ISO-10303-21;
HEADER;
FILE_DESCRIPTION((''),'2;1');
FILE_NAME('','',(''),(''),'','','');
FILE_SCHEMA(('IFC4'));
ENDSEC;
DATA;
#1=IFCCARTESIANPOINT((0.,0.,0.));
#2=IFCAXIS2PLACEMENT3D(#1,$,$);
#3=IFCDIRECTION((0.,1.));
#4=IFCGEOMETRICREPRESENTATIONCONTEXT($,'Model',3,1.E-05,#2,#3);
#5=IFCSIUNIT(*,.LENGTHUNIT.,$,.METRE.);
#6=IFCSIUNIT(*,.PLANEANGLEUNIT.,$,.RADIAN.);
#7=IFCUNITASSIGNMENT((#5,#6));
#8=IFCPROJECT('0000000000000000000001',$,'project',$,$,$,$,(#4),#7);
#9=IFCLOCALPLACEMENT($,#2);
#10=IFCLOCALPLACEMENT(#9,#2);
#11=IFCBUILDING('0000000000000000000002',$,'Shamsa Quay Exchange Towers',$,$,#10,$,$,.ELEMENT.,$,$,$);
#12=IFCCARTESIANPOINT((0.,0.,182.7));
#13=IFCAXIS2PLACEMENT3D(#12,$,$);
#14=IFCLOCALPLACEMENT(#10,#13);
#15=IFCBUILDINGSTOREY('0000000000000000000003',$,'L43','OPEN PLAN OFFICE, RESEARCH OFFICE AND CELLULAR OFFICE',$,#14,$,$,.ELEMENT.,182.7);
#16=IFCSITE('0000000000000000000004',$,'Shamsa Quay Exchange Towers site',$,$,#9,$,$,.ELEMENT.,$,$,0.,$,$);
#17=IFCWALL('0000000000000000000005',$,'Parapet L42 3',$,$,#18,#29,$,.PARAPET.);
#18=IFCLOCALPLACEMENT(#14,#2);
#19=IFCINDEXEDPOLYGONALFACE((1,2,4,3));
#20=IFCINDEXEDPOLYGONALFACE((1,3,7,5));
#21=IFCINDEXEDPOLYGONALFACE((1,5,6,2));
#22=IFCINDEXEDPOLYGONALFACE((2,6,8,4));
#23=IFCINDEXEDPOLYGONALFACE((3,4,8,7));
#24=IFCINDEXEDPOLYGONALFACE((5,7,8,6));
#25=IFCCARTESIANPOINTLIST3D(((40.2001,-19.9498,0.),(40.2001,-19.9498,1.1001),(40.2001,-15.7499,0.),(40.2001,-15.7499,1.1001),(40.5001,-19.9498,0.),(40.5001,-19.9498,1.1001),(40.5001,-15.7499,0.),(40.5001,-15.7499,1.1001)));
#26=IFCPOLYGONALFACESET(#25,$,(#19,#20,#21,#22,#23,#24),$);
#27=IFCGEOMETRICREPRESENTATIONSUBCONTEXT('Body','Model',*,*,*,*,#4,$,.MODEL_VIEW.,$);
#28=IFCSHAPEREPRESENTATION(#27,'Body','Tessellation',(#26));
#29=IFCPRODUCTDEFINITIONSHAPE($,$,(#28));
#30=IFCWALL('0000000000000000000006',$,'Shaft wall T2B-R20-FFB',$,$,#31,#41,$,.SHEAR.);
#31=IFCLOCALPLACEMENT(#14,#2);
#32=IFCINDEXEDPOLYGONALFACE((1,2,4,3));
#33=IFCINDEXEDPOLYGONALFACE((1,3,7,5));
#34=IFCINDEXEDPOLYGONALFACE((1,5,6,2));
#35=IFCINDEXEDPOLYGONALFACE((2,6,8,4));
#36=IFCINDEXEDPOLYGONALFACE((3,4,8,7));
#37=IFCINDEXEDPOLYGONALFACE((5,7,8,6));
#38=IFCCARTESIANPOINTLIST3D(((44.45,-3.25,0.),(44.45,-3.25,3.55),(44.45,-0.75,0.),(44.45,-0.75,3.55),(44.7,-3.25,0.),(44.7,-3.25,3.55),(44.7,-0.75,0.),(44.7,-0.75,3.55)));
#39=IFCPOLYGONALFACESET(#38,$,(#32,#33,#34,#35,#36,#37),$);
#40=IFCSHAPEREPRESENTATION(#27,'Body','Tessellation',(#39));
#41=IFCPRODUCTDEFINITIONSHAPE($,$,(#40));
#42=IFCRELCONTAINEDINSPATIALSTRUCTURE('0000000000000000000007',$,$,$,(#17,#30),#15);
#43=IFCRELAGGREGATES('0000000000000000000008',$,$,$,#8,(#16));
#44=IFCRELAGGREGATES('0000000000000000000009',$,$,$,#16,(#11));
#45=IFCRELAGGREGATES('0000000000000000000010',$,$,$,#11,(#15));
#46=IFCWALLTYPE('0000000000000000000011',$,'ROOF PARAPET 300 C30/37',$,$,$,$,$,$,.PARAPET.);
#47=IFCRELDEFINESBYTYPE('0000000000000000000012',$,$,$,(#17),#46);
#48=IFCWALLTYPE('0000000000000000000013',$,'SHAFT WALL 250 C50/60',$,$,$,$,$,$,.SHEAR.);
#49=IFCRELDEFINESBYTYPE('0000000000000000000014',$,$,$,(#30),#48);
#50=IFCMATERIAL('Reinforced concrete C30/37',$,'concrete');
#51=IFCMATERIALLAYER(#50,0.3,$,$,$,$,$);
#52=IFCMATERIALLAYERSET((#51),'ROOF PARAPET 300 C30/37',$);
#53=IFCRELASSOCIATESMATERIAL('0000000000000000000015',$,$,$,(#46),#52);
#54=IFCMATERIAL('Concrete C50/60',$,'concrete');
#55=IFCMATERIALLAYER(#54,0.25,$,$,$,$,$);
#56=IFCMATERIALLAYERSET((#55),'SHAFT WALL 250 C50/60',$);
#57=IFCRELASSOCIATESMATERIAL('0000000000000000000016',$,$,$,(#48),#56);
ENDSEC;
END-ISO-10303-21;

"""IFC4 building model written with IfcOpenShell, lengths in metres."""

from ifc_helpers import new_model, si_unit, direction, frame, frame_2d, origin, place, context, subcontext, project, spatial, rectangle, extrude, material, layer, layer_set, type_object, element, save


model = new_model("IFC4")

# Units and contexts
model_context = context("Model", 3, precision=1e-05, world=origin(), true_north=direction((0.0, 1.0)))
body_context = subcontext(model_context, "Body", "Model", "MODEL_VIEW")
ifc_project = project(units=[si_unit("LENGTHUNIT", "METRE"), si_unit("PLANEANGLEUNIT", "RADIAN")], contexts=[model_context])

# Site, building, storey
site_placement = place(None, origin())
site = spatial("IfcSite", under=ifc_project, at=site_placement, Name="Shamsa Quay Exchange Towers site", CompositionType="ELEMENT", RefElevation=0.0)
building_placement = place(site_placement, origin())
building = spatial("IfcBuilding", under=site, at=building_placement, Name="Shamsa Quay Exchange Towers", CompositionType="ELEMENT")
storey_placement = place(building_placement, frame((0.0, 0.0, 182.7)))
storey = spatial("IfcBuildingStorey", under=building, at=storey_placement, Name="L43", Description="OPEN PLAN OFFICE, RESEARCH OFFICE AND CELLULAR OFFICE", CompositionType="ELEMENT", Elevation=182.7)

# Walls
ifc_material_1 = material(Name="Reinforced concrete C30/37", Category="concrete")
ifc_layer_1 = layer(ifc_material_1, 0.3)
ifc_layer_set_1 = layer_set([ifc_layer_1], Name="ROOF PARAPET 300 C30/37")
wall_type_1 = type_object("IfcWallType", Name="ROOF PARAPET 300 C30/37", PredefinedType="PARAPET", material=ifc_layer_set_1)
wall_1_placement = place(storey_placement, frame((40.3501, -19.95, 0.0), z_axis=(0.0, 0.0, 1.0), x_axis=(0.0, 1.0, 0.0)))
element("IfcWall", 1, at=wall_1_placement, inside=storey, type_object=wall_type_1, Name="Parapet L42 3", PredefinedType="PARAPET", context=body_context, shape_type="SweptSolid", body=[
    extrude(rectangle(XDim=4.2, YDim=0.3, at=frame_2d((2.1001, 0.0))), origin(), (0.0, 0.0, 1.0), 1.1001),
])
ifc_material_2 = material(Name="Concrete C50/60", Category="concrete")
ifc_layer_2 = layer(ifc_material_2, 0.25)
ifc_layer_set_2 = layer_set([ifc_layer_2], Name="SHAFT WALL 250 C50/60")
wall_type_2 = type_object("IfcWallType", Name="SHAFT WALL 250 C50/60", PredefinedType="SHEAR", material=ifc_layer_set_2)
wall_2_placement = place(storey_placement, frame((44.575, -3.25, 0.0), z_axis=(0.0, 0.0, 1.0), x_axis=(0.0, 1.0, 0.0)))
element("IfcWall", 2, at=wall_2_placement, inside=storey, type_object=wall_type_2, Name="Shaft wall T2B-R20-FFB", PredefinedType="SHEAR", context=body_context, shape_type="SweptSolid", body=[
    extrude(rectangle(XDim=2.5, YDim=0.25, at=frame_2d((1.25, 0.0))), origin(), (0.0, 0.0, 1.0), 3.55),
])

save(model, "model.ifc")
